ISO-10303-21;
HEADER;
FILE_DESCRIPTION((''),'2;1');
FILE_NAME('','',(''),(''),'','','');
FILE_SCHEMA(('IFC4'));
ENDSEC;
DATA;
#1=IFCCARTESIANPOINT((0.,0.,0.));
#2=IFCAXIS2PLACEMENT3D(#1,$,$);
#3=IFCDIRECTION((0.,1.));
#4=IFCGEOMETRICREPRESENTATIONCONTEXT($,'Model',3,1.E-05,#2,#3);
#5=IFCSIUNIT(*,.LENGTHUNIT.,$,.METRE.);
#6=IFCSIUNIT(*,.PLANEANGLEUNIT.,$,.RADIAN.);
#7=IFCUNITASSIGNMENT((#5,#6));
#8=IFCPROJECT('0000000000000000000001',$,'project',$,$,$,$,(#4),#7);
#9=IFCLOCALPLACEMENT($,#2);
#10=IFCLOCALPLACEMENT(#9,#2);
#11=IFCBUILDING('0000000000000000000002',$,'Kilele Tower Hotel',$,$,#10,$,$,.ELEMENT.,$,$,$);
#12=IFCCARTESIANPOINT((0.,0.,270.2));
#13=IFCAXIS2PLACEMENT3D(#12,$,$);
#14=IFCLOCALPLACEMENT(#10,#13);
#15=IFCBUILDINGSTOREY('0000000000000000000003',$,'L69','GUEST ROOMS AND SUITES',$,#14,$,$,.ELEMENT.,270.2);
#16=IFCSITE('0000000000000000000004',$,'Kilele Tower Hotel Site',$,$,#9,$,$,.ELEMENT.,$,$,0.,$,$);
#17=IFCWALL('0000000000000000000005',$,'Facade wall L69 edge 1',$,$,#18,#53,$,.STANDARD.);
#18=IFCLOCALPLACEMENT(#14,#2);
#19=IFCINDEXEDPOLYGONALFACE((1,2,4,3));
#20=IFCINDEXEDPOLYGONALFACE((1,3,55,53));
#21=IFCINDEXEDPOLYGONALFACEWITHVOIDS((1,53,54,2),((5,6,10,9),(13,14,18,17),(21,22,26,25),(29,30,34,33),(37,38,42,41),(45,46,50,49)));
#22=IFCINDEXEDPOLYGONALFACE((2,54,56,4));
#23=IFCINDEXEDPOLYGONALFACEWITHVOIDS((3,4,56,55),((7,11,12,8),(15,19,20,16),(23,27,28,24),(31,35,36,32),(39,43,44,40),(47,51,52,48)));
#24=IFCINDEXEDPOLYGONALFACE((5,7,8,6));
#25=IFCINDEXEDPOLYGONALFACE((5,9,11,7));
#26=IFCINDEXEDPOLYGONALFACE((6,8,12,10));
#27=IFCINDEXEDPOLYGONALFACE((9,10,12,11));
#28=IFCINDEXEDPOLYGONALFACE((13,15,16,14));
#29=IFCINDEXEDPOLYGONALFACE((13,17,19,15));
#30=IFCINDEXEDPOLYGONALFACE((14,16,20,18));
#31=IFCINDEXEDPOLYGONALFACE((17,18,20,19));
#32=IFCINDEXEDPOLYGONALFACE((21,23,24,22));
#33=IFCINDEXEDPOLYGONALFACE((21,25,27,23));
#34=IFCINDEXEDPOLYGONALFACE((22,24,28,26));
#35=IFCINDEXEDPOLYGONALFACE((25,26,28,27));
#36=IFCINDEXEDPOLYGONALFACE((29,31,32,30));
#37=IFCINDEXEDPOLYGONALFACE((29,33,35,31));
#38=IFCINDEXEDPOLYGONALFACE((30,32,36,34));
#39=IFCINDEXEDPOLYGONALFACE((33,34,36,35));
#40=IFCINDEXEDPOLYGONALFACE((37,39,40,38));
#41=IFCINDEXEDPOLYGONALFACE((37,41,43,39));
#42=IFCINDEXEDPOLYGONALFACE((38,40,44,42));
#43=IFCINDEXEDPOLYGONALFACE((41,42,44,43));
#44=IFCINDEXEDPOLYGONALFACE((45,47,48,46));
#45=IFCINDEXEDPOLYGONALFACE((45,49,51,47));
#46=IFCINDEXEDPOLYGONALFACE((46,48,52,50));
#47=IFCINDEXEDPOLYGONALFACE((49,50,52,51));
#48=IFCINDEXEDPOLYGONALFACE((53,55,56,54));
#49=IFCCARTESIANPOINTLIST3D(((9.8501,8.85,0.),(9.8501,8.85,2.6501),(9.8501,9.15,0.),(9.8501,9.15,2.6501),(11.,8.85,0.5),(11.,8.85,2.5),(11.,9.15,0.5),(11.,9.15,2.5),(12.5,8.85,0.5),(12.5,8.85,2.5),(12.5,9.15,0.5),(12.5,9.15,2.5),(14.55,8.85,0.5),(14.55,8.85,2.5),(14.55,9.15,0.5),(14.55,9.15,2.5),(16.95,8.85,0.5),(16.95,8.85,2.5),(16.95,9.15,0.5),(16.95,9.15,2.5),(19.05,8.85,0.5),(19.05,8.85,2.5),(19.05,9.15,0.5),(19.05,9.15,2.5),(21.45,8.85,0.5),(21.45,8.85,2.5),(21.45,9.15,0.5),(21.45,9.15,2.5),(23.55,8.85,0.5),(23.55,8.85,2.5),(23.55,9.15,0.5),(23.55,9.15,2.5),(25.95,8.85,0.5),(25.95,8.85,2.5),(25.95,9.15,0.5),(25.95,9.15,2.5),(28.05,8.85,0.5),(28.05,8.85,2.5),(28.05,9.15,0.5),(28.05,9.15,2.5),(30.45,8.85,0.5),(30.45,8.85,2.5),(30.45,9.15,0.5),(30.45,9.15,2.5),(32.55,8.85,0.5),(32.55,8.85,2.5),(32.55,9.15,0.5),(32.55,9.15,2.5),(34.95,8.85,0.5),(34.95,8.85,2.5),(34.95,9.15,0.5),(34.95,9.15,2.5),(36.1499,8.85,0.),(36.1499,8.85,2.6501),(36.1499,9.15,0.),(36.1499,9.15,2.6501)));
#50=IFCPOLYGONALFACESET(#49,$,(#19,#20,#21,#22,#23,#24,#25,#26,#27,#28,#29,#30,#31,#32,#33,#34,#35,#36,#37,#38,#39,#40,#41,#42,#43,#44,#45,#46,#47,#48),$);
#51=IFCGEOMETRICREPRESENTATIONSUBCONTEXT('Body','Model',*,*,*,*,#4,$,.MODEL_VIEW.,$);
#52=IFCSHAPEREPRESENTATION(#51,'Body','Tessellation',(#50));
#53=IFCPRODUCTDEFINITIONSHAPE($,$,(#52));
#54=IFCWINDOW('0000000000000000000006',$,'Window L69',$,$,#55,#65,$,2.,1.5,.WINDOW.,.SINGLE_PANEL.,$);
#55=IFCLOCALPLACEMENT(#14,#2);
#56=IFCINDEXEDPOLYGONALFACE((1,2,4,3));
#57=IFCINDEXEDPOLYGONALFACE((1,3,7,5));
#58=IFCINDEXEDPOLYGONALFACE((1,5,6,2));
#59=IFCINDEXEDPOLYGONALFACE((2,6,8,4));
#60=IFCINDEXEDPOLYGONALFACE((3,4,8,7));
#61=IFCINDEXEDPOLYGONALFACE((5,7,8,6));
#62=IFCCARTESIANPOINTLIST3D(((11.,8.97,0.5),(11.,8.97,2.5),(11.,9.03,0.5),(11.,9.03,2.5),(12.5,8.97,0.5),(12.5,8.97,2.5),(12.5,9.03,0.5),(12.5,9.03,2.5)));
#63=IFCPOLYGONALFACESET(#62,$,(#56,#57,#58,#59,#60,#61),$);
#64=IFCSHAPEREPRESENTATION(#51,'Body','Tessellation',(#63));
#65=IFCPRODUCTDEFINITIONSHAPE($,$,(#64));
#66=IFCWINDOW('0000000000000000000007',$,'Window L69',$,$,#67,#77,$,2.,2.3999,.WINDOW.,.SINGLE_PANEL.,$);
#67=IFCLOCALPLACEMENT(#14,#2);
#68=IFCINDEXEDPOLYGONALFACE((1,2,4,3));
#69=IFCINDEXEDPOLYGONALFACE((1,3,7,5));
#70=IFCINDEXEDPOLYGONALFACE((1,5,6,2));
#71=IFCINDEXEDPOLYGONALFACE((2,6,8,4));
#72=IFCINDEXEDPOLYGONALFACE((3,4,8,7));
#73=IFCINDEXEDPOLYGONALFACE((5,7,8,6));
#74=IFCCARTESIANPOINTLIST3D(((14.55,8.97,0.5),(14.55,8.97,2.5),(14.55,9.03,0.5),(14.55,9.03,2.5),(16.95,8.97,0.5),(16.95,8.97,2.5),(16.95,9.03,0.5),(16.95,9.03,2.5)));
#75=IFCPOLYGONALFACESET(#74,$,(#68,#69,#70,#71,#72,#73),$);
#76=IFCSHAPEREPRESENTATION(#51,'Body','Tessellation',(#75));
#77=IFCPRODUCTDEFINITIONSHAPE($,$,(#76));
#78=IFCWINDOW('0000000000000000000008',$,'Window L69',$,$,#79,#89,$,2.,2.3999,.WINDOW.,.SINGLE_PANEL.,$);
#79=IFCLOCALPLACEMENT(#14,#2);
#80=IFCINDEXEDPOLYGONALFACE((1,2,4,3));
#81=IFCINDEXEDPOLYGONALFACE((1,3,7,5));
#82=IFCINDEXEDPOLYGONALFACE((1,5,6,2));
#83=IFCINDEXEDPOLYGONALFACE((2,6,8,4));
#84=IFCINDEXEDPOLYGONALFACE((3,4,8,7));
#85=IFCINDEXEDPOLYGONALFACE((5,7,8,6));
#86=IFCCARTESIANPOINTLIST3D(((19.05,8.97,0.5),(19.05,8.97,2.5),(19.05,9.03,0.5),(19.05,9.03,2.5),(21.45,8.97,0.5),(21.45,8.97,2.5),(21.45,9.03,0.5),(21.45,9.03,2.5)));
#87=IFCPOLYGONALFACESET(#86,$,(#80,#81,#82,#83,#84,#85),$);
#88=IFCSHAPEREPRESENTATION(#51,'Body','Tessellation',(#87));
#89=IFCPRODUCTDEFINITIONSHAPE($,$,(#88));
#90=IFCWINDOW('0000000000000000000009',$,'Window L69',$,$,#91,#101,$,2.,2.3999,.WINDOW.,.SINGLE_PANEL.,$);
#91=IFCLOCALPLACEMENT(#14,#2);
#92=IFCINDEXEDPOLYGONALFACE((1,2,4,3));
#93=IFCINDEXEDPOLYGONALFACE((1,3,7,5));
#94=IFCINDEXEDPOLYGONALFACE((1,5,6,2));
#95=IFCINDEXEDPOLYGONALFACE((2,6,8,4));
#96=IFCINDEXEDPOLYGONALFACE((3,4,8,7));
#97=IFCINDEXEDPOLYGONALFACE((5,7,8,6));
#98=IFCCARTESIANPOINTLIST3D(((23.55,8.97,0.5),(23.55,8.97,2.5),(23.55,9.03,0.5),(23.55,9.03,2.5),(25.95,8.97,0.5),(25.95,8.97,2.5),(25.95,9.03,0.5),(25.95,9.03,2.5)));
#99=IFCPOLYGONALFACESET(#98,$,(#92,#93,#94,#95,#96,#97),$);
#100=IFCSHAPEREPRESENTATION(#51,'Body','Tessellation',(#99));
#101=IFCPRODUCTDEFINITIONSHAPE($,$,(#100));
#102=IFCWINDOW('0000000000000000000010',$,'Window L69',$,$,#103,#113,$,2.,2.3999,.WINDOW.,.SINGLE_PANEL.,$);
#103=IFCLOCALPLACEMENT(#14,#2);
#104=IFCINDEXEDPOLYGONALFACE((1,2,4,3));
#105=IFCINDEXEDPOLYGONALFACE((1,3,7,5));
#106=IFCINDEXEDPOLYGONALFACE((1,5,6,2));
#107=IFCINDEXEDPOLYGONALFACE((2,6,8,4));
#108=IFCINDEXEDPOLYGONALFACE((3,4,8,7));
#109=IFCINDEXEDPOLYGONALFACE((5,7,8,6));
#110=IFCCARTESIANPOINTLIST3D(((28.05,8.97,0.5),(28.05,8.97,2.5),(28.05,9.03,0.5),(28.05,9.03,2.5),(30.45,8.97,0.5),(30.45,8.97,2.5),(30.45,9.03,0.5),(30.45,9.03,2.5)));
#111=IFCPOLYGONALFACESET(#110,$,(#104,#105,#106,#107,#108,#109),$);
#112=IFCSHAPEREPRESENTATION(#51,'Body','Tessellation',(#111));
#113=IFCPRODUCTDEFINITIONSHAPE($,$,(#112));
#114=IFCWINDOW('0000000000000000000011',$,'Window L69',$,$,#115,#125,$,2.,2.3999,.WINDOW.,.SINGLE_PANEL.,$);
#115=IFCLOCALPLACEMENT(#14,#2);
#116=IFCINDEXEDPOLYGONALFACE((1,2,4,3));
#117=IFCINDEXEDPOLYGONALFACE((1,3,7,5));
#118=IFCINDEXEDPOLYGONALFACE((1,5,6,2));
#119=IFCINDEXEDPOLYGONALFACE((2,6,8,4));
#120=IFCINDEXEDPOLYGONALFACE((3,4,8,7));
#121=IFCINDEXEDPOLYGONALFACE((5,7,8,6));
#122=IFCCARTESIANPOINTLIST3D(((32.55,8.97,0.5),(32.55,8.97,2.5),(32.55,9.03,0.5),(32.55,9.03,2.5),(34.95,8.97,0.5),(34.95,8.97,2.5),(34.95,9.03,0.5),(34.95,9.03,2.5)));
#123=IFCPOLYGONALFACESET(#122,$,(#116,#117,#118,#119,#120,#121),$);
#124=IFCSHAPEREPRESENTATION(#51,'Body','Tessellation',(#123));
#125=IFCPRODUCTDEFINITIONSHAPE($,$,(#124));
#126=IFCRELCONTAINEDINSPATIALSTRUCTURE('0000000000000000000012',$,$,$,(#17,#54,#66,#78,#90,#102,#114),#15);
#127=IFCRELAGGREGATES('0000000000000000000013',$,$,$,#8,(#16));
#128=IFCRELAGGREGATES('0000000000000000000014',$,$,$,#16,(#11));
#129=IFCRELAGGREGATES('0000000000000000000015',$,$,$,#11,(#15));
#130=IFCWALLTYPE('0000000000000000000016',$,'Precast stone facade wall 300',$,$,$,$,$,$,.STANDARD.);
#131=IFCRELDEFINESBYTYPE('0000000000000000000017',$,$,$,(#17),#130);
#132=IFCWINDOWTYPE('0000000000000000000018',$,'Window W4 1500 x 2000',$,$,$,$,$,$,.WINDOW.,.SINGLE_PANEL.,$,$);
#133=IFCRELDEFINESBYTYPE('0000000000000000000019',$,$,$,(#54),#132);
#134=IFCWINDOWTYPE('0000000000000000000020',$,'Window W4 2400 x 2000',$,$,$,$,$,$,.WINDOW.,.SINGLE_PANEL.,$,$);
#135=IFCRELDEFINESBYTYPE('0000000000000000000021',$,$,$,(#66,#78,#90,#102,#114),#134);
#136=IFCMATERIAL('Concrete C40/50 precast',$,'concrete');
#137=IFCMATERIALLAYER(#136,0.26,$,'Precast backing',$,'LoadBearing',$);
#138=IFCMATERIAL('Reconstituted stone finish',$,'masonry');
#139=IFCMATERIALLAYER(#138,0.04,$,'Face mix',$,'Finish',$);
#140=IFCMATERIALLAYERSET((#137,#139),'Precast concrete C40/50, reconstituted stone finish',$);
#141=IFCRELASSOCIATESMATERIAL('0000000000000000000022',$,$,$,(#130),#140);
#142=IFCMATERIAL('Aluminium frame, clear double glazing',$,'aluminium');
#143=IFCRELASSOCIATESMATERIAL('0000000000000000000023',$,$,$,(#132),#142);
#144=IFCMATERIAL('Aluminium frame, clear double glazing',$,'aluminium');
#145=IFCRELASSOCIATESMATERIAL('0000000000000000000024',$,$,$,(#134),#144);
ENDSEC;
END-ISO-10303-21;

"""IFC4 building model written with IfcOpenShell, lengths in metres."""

from ifc_helpers import new_model, si_unit, direction, frame, frame_2d, origin, place, context, subcontext, project, spatial, rectangle, extrude, material, layer, layer_set, type_object, element, fill, save


model = new_model("IFC4")

# Units and contexts
model_context = context("Model", 3, precision=1e-05, world=origin(), true_north=direction((0.0, 1.0)))
body_context = subcontext(model_context, "Body", "Model", "MODEL_VIEW")
ifc_project = project(units=[si_unit("LENGTHUNIT", "METRE"), si_unit("PLANEANGLEUNIT", "RADIAN")], contexts=[model_context])

# Site, building, storey
site_placement = place(None, origin())
site = spatial("IfcSite", under=ifc_project, at=site_placement, Name="Kilele Tower Hotel Site", CompositionType="ELEMENT", RefElevation=0.0)
building_placement = place(site_placement, origin())
building = spatial("IfcBuilding", under=site, at=building_placement, Name="Kilele Tower Hotel", CompositionType="ELEMENT")
storey_placement = place(building_placement, frame((0.0, 0.0, 270.2)))
storey = spatial("IfcBuildingStorey", under=building, at=storey_placement, Name="L69", Description="GUEST ROOMS AND SUITES", CompositionType="ELEMENT", Elevation=270.2)

# Wall, openings, windows
ifc_material_1 = material(Name="Concrete C40/50 precast", Category="concrete")
ifc_layer_1 = layer(ifc_material_1, 0.26, Name="Precast backing", Category="LoadBearing")
ifc_material_2 = material(Name="Reconstituted stone finish", Category="masonry")
ifc_layer_2 = layer(ifc_material_2, 0.04, Name="Face mix", Category="Finish")
ifc_layer_set_1 = layer_set([ifc_layer_1, ifc_layer_2], Name="Precast concrete C40/50, reconstituted stone finish")
wall_type = type_object("IfcWallType", Name="Precast stone facade wall 300", PredefinedType="STANDARD", material=ifc_layer_set_1)
wall_placement = place(storey_placement, frame((9.8501, 9.0, 0.0), z_axis=(0.0, 0.0, 1.0), x_axis=(1.0, 0.0, 0.0)))
wall = element("IfcWall", 1, at=wall_placement, inside=storey, type_object=wall_type, Name="Facade wall L69 edge 1", PredefinedType="STANDARD", context=body_context, shape_type="SweptSolid", body=[
    extrude(rectangle(XDim=26.2998, YDim=0.3, at=frame_2d((13.1499, 0.0))), origin(), (0.0, 0.0, 1.0), 2.6501),
])
opening_1_placement = place(wall_placement, frame((1.1499, 0.0, 0.5)))
opening_1 = element("IfcOpeningElement", 2, at=opening_1_placement, cuts=wall, PredefinedType="OPENING", context=body_context, shape_type="SweptSolid", body=[
    extrude(rectangle(XDim=1.5, YDim=2.0, at=frame_2d((0.75, 1.0))), frame((0.0, 0.1599, 0.0), z_axis=(0.0, -1.0, 0.0), x_axis=(1.0, 0.0, 0.0)), (0.0, 0.0, 1.0), 0.3201),
])
opening_2_placement = place(wall_placement, frame((4.7, 0.0, 0.5)))
opening_2 = element("IfcOpeningElement", 3, at=opening_2_placement, cuts=wall, PredefinedType="OPENING", context=body_context, shape_type="SweptSolid", body=[
    extrude(rectangle(XDim=2.3999, YDim=2.0, at=frame_2d((1.2, 1.0))), frame((0.0, 0.1599, 0.0), z_axis=(0.0, -1.0, 0.0), x_axis=(1.0, 0.0, 0.0)), (0.0, 0.0, 1.0), 0.3201),
])
opening_3_placement = place(wall_placement, frame((9.2, 0.0, 0.5)))
opening_3 = element("IfcOpeningElement", 4, at=opening_3_placement, cuts=wall, PredefinedType="OPENING", context=body_context, shape_type="SweptSolid", body=[
    extrude(rectangle(XDim=2.3999, YDim=2.0, at=frame_2d((1.2, 1.0))), frame((0.0, 0.1599, 0.0), z_axis=(0.0, -1.0, 0.0), x_axis=(1.0, 0.0, 0.0)), (0.0, 0.0, 1.0), 0.3201),
])
opening_4_placement = place(wall_placement, frame((13.7, 0.0, 0.5)))
opening_4 = element("IfcOpeningElement", 5, at=opening_4_placement, cuts=wall, PredefinedType="OPENING", context=body_context, shape_type="SweptSolid", body=[
    extrude(rectangle(XDim=2.3999, YDim=2.0, at=frame_2d((1.2, 1.0))), frame((0.0, 0.1599, 0.0), z_axis=(0.0, -1.0, 0.0), x_axis=(1.0, 0.0, 0.0)), (0.0, 0.0, 1.0), 0.3201),
])
opening_5_placement = place(wall_placement, frame((18.2, 0.0, 0.5)))
opening_5 = element("IfcOpeningElement", 6, at=opening_5_placement, cuts=wall, PredefinedType="OPENING", context=body_context, shape_type="SweptSolid", body=[
    extrude(rectangle(XDim=2.3999, YDim=2.0, at=frame_2d((1.2, 1.0))), frame((0.0, 0.1599, 0.0), z_axis=(0.0, -1.0, 0.0), x_axis=(1.0, 0.0, 0.0)), (0.0, 0.0, 1.0), 0.3201),
])
opening_6_placement = place(wall_placement, frame((22.7, 0.0, 0.5)))
opening_6 = element("IfcOpeningElement", 7, at=opening_6_placement, cuts=wall, PredefinedType="OPENING", context=body_context, shape_type="SweptSolid", body=[
    extrude(rectangle(XDim=2.3999, YDim=2.0, at=frame_2d((1.2, 1.0))), frame((0.0, 0.1599, 0.0), z_axis=(0.0, -1.0, 0.0), x_axis=(1.0, 0.0, 0.0)), (0.0, 0.0, 1.0), 0.3201),
])
ifc_material_3 = material(Name="Aluminium frame, clear double glazing", Category="aluminium")
window_type_1 = type_object("IfcWindowType", Name="Window W4 1500 x 2000", PartitioningType="SINGLE_PANEL", PredefinedType="WINDOW", material=ifc_material_3)
window_1_placement = place(opening_1_placement, origin())
window_1 = element("IfcWindow", 8, at=window_1_placement, inside=storey, type_object=window_type_1, Name="Window L69", OverallHeight=2.0, OverallWidth=1.5, PartitioningType="SINGLE_PANEL", PredefinedType="WINDOW", context=body_context, shape_type="SweptSolid", body=[
    extrude(rectangle(XDim=1.5, YDim=2.0, at=frame_2d((0.75, 1.0))), frame((0.0, 0.03, 0.0), z_axis=(0.0, -1.0, 0.0), x_axis=(1.0, 0.0, 0.0)), (0.0, 0.0, 1.0), 0.0601),
])
fill(opening_1, window_1)
ifc_material_4 = material(Name="Aluminium frame, clear double glazing", Category="aluminium")
window_type_2 = type_object("IfcWindowType", Name="Window W4 2400 x 2000", PartitioningType="SINGLE_PANEL", PredefinedType="WINDOW", material=ifc_material_4)
window_2_placement = place(opening_2_placement, origin())
window_2 = element("IfcWindow", 9, at=window_2_placement, inside=storey, type_object=window_type_2, Name="Window L69", OverallHeight=2.0, OverallWidth=2.3999, PartitioningType="SINGLE_PANEL", PredefinedType="WINDOW", context=body_context, shape_type="SweptSolid", body=[
    extrude(rectangle(XDim=2.3999, YDim=2.0, at=frame_2d((1.2, 1.0))), frame((0.0, 0.03, 0.0), z_axis=(0.0, -1.0, 0.0), x_axis=(1.0, 0.0, 0.0)), (0.0, 0.0, 1.0), 0.0601),
])
fill(opening_2, window_2)
window_3_placement = place(opening_3_placement, origin())
window_3 = element("IfcWindow", 10, at=window_3_placement, inside=storey, type_object=window_type_2, Name="Window L69", OverallHeight=2.0, OverallWidth=2.3999, PartitioningType="SINGLE_PANEL", PredefinedType="WINDOW", context=body_context, shape_type="SweptSolid", body=[
    extrude(rectangle(XDim=2.3999, YDim=2.0, at=frame_2d((1.2, 1.0))), frame((0.0, 0.03, 0.0), z_axis=(0.0, -1.0, 0.0), x_axis=(1.0, 0.0, 0.0)), (0.0, 0.0, 1.0), 0.0601),
])
fill(opening_3, window_3)
window_4_placement = place(opening_4_placement, origin())
window_4 = element("IfcWindow", 11, at=window_4_placement, inside=storey, type_object=window_type_2, Name="Window L69", OverallHeight=2.0, OverallWidth=2.3999, PartitioningType="SINGLE_PANEL", PredefinedType="WINDOW", context=body_context, shape_type="SweptSolid", body=[
    extrude(rectangle(XDim=2.3999, YDim=2.0, at=frame_2d((1.2, 1.0))), frame((0.0, 0.03, 0.0), z_axis=(0.0, -1.0, 0.0), x_axis=(1.0, 0.0, 0.0)), (0.0, 0.0, 1.0), 0.0601),
])
fill(opening_4, window_4)
window_5_placement = place(opening_5_placement, origin())
window_5 = element("IfcWindow", 12, at=window_5_placement, inside=storey, type_object=window_type_2, Name="Window L69", OverallHeight=2.0, OverallWidth=2.3999, PartitioningType="SINGLE_PANEL", PredefinedType="WINDOW", context=body_context, shape_type="SweptSolid", body=[
    extrude(rectangle(XDim=2.3999, YDim=2.0, at=frame_2d((1.2, 1.0))), frame((0.0, 0.03, 0.0), z_axis=(0.0, -1.0, 0.0), x_axis=(1.0, 0.0, 0.0)), (0.0, 0.0, 1.0), 0.0601),
])
fill(opening_5, window_5)
window_6_placement = place(opening_6_placement, origin())
window_6 = element("IfcWindow", 13, at=window_6_placement, inside=storey, type_object=window_type_2, Name="Window L69", OverallHeight=2.0, OverallWidth=2.3999, PartitioningType="SINGLE_PANEL", PredefinedType="WINDOW", context=body_context, shape_type="SweptSolid", body=[
    extrude(rectangle(XDim=2.3999, YDim=2.0, at=frame_2d((1.2, 1.0))), frame((0.0, 0.03, 0.0), z_axis=(0.0, -1.0, 0.0), x_axis=(1.0, 0.0, 0.0)), (0.0, 0.0, 1.0), 0.0601),
])
fill(opening_6, window_6)

save(model, "model.ifc")
